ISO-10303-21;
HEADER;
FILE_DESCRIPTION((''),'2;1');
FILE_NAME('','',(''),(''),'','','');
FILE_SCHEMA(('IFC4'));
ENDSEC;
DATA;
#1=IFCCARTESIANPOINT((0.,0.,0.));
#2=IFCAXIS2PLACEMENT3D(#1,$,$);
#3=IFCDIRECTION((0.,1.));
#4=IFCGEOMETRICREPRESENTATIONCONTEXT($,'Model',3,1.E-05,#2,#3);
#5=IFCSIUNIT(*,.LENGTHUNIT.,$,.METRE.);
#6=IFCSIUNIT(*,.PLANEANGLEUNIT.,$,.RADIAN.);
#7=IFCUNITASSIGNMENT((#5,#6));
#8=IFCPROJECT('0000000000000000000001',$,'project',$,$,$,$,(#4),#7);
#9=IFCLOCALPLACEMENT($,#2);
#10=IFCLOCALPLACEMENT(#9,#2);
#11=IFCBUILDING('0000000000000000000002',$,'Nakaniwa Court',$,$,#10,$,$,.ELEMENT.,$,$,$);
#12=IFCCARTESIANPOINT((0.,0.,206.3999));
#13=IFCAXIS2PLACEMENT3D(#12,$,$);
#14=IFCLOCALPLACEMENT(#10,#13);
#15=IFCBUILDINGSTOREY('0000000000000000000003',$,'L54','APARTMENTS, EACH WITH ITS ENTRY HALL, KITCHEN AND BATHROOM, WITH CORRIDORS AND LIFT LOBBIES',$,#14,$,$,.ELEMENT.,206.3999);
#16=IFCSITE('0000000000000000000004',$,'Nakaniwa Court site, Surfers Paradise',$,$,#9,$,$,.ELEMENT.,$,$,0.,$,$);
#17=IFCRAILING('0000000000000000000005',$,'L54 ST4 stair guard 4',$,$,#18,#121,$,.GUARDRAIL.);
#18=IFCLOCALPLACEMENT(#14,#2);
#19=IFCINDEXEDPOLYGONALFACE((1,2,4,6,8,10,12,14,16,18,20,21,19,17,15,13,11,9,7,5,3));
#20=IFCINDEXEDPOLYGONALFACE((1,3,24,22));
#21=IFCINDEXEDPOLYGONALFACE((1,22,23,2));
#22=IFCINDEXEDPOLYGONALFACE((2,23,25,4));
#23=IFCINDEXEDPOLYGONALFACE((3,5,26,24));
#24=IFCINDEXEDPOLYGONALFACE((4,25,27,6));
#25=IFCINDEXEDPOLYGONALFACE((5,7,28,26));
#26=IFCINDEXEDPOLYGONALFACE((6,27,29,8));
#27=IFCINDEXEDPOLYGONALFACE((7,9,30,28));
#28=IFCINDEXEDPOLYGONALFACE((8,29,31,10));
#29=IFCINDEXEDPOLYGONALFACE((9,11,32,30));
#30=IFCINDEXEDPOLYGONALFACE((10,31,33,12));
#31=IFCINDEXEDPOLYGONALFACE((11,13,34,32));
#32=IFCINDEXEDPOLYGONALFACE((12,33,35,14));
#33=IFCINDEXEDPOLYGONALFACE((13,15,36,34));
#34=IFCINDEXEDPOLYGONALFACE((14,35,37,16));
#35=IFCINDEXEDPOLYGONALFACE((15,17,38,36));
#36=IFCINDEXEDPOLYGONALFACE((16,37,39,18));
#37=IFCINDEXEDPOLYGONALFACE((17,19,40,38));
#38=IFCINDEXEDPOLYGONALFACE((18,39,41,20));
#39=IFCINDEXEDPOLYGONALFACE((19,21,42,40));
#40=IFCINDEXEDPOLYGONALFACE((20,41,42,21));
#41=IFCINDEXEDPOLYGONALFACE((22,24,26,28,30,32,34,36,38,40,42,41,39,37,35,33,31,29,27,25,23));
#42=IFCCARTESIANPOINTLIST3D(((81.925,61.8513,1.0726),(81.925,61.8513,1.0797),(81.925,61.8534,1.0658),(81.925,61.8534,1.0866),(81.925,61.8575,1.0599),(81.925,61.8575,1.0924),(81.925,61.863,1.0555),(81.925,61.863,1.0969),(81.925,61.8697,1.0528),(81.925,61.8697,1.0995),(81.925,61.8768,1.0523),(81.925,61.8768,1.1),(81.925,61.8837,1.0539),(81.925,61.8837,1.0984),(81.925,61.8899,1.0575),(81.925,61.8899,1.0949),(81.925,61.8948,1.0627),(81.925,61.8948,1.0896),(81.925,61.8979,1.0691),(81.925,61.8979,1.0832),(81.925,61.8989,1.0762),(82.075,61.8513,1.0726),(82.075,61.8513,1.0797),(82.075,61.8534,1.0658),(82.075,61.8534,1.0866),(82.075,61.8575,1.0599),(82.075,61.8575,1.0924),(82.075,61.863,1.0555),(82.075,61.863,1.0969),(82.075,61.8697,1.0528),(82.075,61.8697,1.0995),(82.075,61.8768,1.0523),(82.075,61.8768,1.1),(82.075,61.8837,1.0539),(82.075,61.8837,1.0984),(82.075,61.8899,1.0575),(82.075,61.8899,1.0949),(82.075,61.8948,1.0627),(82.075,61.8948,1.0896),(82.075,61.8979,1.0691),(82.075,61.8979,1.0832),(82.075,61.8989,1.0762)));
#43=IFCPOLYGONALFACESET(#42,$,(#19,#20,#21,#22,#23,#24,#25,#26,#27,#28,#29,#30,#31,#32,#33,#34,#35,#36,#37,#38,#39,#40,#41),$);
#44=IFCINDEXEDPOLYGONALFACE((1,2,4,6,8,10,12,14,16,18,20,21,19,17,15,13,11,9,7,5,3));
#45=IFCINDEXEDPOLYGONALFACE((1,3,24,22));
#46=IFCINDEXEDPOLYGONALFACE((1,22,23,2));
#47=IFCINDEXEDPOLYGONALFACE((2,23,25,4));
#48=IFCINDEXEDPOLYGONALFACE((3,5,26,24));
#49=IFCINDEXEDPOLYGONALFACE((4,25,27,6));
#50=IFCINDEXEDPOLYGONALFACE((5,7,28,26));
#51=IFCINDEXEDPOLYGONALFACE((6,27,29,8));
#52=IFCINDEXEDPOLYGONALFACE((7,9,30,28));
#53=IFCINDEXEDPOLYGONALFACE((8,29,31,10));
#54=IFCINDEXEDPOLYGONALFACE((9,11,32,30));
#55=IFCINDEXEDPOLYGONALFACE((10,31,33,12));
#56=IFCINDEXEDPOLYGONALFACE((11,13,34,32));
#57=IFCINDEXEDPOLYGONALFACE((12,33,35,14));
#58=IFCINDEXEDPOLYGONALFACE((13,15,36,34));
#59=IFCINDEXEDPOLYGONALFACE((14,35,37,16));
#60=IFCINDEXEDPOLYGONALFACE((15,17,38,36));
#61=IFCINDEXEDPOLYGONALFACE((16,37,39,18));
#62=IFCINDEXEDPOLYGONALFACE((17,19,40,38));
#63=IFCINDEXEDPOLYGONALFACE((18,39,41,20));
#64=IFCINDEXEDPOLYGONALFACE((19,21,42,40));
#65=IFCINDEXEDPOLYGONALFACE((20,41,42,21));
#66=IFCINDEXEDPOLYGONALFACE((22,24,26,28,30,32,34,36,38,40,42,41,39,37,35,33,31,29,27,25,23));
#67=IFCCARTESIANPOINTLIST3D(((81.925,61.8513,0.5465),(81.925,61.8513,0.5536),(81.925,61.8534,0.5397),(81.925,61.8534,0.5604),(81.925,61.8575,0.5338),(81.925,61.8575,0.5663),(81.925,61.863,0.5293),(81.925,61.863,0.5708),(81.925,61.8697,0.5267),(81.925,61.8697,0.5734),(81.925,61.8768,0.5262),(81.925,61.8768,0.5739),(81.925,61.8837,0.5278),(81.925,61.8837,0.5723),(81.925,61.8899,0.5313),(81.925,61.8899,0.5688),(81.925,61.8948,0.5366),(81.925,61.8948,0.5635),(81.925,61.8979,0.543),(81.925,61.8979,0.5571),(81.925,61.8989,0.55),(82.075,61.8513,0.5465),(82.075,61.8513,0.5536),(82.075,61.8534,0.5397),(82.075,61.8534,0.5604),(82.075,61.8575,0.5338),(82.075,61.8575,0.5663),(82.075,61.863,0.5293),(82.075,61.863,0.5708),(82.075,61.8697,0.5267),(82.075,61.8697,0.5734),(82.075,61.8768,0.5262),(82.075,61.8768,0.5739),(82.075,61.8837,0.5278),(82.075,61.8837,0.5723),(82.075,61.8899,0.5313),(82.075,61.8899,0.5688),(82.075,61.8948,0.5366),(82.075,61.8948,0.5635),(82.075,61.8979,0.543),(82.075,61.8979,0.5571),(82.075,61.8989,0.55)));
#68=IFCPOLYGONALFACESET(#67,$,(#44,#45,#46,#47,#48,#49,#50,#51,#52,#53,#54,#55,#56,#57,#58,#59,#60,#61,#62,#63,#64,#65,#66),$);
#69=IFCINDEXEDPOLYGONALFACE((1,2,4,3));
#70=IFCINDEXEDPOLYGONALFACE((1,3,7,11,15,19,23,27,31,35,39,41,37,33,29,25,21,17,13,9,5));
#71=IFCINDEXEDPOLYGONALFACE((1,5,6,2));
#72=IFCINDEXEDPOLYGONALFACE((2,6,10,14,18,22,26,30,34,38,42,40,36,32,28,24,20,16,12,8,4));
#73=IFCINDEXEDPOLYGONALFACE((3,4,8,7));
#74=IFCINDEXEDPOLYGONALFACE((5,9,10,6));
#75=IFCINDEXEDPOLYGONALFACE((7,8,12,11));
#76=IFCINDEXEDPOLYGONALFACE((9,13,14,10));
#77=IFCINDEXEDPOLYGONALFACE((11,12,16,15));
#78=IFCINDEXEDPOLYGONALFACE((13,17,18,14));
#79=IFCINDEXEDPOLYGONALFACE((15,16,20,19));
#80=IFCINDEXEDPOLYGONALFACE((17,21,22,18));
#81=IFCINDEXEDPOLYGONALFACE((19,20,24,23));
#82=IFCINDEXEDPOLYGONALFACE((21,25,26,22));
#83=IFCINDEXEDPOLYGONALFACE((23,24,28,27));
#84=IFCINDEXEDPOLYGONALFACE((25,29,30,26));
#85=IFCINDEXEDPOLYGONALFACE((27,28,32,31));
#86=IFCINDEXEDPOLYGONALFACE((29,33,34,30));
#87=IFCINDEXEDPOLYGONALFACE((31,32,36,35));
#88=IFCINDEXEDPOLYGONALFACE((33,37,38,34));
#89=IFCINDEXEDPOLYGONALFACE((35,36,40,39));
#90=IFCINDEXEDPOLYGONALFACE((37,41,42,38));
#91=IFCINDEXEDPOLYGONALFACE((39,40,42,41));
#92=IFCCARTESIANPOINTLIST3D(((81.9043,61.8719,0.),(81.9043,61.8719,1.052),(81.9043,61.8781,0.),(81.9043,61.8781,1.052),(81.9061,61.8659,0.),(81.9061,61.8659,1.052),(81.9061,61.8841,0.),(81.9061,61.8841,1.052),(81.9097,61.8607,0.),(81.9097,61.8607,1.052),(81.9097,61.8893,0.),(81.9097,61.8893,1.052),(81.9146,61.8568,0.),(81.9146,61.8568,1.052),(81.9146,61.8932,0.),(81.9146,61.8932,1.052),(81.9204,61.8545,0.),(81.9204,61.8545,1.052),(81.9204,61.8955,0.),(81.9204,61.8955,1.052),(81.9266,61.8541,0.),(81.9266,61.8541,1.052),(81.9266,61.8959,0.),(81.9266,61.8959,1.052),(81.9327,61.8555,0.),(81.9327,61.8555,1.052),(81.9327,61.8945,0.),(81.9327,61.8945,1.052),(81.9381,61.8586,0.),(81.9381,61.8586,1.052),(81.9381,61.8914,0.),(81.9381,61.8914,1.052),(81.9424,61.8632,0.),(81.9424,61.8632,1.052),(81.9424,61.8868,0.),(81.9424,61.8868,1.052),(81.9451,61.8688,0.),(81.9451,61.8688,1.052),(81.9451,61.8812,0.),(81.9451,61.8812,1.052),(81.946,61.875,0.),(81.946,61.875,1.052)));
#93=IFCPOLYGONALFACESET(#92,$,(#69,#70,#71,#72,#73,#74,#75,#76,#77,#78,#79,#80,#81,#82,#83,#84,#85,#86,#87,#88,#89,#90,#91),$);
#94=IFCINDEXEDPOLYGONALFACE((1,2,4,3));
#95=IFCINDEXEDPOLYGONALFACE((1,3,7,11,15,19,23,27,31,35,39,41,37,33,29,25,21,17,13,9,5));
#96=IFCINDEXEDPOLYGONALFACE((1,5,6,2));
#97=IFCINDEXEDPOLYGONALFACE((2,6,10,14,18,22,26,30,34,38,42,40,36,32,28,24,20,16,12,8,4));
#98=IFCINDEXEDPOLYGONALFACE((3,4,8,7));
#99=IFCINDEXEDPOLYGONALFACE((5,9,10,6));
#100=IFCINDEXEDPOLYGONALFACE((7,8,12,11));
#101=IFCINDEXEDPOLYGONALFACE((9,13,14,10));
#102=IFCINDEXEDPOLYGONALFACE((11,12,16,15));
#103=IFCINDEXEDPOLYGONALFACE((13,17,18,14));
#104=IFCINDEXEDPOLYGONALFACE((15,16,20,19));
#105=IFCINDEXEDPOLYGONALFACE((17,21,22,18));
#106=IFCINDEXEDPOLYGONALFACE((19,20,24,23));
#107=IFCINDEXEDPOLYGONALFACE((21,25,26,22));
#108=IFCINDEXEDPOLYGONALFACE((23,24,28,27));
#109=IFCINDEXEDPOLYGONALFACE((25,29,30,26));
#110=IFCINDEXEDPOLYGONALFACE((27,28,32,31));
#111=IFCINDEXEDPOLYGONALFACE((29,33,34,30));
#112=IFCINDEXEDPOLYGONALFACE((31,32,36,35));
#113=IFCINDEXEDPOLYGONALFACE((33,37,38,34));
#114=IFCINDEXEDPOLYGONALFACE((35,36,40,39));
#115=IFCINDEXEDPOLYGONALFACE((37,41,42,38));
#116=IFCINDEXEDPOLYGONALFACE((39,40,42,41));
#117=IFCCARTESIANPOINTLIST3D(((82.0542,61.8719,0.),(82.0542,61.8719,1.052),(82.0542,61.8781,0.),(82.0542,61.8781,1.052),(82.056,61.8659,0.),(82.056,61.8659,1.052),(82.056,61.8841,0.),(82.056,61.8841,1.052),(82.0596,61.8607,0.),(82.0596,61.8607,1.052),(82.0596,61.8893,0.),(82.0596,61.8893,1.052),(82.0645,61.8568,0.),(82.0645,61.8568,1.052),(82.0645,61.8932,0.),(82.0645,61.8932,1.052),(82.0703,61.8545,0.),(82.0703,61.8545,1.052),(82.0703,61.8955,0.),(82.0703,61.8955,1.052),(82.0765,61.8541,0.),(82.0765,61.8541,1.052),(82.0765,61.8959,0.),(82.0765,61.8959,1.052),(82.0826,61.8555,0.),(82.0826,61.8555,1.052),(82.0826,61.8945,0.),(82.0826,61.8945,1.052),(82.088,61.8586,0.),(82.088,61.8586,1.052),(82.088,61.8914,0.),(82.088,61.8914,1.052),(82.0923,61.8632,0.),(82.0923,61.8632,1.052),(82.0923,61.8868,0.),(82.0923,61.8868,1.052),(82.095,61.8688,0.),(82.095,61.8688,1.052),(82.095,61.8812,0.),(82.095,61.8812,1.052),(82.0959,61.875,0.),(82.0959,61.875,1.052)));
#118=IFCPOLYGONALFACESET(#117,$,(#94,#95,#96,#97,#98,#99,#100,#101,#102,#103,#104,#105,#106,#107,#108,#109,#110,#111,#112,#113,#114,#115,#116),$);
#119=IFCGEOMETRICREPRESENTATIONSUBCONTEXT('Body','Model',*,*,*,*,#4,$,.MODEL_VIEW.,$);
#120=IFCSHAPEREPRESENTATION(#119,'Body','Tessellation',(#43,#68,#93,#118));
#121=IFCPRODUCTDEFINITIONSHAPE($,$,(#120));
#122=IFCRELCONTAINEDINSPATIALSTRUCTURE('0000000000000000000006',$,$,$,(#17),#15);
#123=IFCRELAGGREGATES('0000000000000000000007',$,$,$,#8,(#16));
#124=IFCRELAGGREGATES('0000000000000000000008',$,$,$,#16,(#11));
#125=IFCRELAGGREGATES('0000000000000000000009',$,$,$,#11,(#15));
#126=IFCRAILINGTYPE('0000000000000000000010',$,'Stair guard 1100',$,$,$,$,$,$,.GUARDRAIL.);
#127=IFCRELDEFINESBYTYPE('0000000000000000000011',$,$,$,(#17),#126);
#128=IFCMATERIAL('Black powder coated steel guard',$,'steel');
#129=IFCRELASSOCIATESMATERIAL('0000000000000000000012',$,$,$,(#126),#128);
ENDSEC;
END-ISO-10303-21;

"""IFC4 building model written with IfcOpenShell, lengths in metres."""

from ifc_helpers import new_model, si_unit, direction, frame, origin, origin_2d, place, context, subcontext, project, spatial, circle, extrude, material, type_object, element, save


model = new_model("IFC4")

# Units and contexts
model_context = context("Model", 3, precision=1e-05, world=origin(), true_north=direction((0.0, 1.0)))
body_context = subcontext(model_context, "Body", "Model", "MODEL_VIEW")
ifc_project = project(units=[si_unit("LENGTHUNIT", "METRE"), si_unit("PLANEANGLEUNIT", "RADIAN")], contexts=[model_context])

# Site, building, storey
site_placement = place(None, origin())
site = spatial("IfcSite", under=ifc_project, at=site_placement, Name="Nakaniwa Court site, Surfers Paradise", CompositionType="ELEMENT", RefElevation=0.0)
building_placement = place(site_placement, origin())
building = spatial("IfcBuilding", under=site, at=building_placement, Name="Nakaniwa Court", CompositionType="ELEMENT")
storey_placement = place(building_placement, frame((0.0, 0.0, 206.3999)))
storey = spatial("IfcBuildingStorey", under=building, at=storey_placement, Name="L54", Description="APARTMENTS, EACH WITH ITS ENTRY HALL, KITCHEN AND BATHROOM, WITH CORRIDORS AND LIFT LOBBIES", CompositionType="ELEMENT", Elevation=206.3999)

# Railing
ifc_material_1 = material(Name="Black powder coated steel guard", Category="steel")
railing_type_1 = type_object("IfcRailingType", Name="Stair guard 1100", PredefinedType="GUARDRAIL", material=ifc_material_1)
railing_1_placement = place(storey_placement, frame((81.925, 61.875, 0.0)))
element("IfcRailing", 1, at=railing_1_placement, inside=storey, type_object=railing_type_1, Name="L54 ST4 stair guard 4", PredefinedType="GUARDRAIL", context=body_context, shape_type="SweptSolid", body=[
    extrude(circle(Radius=0.0239, at=origin_2d()), frame((0.0, 0.0, 1.0762), z_axis=(1.0, 0.0, 0.0), x_axis=(0.0, 1.0, 0.0)), (0.0, 0.0, 1.0), 0.1499),
    extrude(circle(Radius=0.0239, at=origin_2d()), frame((0.0, 0.0, 0.55), z_axis=(1.0, 0.0, 0.0), x_axis=(0.0, 1.0, 0.0)), (0.0, 0.0, 1.0), 0.1499),
    extrude(circle(Radius=0.021, at=origin_2d()), origin(), (0.0, 0.0, 1.0), 1.052),
    extrude(circle(Radius=0.021, at=origin_2d()), frame((0.1499, 0.0, 0.0)), (0.0, 0.0, 1.0), 1.052),
])

save(model, "model.ifc")
